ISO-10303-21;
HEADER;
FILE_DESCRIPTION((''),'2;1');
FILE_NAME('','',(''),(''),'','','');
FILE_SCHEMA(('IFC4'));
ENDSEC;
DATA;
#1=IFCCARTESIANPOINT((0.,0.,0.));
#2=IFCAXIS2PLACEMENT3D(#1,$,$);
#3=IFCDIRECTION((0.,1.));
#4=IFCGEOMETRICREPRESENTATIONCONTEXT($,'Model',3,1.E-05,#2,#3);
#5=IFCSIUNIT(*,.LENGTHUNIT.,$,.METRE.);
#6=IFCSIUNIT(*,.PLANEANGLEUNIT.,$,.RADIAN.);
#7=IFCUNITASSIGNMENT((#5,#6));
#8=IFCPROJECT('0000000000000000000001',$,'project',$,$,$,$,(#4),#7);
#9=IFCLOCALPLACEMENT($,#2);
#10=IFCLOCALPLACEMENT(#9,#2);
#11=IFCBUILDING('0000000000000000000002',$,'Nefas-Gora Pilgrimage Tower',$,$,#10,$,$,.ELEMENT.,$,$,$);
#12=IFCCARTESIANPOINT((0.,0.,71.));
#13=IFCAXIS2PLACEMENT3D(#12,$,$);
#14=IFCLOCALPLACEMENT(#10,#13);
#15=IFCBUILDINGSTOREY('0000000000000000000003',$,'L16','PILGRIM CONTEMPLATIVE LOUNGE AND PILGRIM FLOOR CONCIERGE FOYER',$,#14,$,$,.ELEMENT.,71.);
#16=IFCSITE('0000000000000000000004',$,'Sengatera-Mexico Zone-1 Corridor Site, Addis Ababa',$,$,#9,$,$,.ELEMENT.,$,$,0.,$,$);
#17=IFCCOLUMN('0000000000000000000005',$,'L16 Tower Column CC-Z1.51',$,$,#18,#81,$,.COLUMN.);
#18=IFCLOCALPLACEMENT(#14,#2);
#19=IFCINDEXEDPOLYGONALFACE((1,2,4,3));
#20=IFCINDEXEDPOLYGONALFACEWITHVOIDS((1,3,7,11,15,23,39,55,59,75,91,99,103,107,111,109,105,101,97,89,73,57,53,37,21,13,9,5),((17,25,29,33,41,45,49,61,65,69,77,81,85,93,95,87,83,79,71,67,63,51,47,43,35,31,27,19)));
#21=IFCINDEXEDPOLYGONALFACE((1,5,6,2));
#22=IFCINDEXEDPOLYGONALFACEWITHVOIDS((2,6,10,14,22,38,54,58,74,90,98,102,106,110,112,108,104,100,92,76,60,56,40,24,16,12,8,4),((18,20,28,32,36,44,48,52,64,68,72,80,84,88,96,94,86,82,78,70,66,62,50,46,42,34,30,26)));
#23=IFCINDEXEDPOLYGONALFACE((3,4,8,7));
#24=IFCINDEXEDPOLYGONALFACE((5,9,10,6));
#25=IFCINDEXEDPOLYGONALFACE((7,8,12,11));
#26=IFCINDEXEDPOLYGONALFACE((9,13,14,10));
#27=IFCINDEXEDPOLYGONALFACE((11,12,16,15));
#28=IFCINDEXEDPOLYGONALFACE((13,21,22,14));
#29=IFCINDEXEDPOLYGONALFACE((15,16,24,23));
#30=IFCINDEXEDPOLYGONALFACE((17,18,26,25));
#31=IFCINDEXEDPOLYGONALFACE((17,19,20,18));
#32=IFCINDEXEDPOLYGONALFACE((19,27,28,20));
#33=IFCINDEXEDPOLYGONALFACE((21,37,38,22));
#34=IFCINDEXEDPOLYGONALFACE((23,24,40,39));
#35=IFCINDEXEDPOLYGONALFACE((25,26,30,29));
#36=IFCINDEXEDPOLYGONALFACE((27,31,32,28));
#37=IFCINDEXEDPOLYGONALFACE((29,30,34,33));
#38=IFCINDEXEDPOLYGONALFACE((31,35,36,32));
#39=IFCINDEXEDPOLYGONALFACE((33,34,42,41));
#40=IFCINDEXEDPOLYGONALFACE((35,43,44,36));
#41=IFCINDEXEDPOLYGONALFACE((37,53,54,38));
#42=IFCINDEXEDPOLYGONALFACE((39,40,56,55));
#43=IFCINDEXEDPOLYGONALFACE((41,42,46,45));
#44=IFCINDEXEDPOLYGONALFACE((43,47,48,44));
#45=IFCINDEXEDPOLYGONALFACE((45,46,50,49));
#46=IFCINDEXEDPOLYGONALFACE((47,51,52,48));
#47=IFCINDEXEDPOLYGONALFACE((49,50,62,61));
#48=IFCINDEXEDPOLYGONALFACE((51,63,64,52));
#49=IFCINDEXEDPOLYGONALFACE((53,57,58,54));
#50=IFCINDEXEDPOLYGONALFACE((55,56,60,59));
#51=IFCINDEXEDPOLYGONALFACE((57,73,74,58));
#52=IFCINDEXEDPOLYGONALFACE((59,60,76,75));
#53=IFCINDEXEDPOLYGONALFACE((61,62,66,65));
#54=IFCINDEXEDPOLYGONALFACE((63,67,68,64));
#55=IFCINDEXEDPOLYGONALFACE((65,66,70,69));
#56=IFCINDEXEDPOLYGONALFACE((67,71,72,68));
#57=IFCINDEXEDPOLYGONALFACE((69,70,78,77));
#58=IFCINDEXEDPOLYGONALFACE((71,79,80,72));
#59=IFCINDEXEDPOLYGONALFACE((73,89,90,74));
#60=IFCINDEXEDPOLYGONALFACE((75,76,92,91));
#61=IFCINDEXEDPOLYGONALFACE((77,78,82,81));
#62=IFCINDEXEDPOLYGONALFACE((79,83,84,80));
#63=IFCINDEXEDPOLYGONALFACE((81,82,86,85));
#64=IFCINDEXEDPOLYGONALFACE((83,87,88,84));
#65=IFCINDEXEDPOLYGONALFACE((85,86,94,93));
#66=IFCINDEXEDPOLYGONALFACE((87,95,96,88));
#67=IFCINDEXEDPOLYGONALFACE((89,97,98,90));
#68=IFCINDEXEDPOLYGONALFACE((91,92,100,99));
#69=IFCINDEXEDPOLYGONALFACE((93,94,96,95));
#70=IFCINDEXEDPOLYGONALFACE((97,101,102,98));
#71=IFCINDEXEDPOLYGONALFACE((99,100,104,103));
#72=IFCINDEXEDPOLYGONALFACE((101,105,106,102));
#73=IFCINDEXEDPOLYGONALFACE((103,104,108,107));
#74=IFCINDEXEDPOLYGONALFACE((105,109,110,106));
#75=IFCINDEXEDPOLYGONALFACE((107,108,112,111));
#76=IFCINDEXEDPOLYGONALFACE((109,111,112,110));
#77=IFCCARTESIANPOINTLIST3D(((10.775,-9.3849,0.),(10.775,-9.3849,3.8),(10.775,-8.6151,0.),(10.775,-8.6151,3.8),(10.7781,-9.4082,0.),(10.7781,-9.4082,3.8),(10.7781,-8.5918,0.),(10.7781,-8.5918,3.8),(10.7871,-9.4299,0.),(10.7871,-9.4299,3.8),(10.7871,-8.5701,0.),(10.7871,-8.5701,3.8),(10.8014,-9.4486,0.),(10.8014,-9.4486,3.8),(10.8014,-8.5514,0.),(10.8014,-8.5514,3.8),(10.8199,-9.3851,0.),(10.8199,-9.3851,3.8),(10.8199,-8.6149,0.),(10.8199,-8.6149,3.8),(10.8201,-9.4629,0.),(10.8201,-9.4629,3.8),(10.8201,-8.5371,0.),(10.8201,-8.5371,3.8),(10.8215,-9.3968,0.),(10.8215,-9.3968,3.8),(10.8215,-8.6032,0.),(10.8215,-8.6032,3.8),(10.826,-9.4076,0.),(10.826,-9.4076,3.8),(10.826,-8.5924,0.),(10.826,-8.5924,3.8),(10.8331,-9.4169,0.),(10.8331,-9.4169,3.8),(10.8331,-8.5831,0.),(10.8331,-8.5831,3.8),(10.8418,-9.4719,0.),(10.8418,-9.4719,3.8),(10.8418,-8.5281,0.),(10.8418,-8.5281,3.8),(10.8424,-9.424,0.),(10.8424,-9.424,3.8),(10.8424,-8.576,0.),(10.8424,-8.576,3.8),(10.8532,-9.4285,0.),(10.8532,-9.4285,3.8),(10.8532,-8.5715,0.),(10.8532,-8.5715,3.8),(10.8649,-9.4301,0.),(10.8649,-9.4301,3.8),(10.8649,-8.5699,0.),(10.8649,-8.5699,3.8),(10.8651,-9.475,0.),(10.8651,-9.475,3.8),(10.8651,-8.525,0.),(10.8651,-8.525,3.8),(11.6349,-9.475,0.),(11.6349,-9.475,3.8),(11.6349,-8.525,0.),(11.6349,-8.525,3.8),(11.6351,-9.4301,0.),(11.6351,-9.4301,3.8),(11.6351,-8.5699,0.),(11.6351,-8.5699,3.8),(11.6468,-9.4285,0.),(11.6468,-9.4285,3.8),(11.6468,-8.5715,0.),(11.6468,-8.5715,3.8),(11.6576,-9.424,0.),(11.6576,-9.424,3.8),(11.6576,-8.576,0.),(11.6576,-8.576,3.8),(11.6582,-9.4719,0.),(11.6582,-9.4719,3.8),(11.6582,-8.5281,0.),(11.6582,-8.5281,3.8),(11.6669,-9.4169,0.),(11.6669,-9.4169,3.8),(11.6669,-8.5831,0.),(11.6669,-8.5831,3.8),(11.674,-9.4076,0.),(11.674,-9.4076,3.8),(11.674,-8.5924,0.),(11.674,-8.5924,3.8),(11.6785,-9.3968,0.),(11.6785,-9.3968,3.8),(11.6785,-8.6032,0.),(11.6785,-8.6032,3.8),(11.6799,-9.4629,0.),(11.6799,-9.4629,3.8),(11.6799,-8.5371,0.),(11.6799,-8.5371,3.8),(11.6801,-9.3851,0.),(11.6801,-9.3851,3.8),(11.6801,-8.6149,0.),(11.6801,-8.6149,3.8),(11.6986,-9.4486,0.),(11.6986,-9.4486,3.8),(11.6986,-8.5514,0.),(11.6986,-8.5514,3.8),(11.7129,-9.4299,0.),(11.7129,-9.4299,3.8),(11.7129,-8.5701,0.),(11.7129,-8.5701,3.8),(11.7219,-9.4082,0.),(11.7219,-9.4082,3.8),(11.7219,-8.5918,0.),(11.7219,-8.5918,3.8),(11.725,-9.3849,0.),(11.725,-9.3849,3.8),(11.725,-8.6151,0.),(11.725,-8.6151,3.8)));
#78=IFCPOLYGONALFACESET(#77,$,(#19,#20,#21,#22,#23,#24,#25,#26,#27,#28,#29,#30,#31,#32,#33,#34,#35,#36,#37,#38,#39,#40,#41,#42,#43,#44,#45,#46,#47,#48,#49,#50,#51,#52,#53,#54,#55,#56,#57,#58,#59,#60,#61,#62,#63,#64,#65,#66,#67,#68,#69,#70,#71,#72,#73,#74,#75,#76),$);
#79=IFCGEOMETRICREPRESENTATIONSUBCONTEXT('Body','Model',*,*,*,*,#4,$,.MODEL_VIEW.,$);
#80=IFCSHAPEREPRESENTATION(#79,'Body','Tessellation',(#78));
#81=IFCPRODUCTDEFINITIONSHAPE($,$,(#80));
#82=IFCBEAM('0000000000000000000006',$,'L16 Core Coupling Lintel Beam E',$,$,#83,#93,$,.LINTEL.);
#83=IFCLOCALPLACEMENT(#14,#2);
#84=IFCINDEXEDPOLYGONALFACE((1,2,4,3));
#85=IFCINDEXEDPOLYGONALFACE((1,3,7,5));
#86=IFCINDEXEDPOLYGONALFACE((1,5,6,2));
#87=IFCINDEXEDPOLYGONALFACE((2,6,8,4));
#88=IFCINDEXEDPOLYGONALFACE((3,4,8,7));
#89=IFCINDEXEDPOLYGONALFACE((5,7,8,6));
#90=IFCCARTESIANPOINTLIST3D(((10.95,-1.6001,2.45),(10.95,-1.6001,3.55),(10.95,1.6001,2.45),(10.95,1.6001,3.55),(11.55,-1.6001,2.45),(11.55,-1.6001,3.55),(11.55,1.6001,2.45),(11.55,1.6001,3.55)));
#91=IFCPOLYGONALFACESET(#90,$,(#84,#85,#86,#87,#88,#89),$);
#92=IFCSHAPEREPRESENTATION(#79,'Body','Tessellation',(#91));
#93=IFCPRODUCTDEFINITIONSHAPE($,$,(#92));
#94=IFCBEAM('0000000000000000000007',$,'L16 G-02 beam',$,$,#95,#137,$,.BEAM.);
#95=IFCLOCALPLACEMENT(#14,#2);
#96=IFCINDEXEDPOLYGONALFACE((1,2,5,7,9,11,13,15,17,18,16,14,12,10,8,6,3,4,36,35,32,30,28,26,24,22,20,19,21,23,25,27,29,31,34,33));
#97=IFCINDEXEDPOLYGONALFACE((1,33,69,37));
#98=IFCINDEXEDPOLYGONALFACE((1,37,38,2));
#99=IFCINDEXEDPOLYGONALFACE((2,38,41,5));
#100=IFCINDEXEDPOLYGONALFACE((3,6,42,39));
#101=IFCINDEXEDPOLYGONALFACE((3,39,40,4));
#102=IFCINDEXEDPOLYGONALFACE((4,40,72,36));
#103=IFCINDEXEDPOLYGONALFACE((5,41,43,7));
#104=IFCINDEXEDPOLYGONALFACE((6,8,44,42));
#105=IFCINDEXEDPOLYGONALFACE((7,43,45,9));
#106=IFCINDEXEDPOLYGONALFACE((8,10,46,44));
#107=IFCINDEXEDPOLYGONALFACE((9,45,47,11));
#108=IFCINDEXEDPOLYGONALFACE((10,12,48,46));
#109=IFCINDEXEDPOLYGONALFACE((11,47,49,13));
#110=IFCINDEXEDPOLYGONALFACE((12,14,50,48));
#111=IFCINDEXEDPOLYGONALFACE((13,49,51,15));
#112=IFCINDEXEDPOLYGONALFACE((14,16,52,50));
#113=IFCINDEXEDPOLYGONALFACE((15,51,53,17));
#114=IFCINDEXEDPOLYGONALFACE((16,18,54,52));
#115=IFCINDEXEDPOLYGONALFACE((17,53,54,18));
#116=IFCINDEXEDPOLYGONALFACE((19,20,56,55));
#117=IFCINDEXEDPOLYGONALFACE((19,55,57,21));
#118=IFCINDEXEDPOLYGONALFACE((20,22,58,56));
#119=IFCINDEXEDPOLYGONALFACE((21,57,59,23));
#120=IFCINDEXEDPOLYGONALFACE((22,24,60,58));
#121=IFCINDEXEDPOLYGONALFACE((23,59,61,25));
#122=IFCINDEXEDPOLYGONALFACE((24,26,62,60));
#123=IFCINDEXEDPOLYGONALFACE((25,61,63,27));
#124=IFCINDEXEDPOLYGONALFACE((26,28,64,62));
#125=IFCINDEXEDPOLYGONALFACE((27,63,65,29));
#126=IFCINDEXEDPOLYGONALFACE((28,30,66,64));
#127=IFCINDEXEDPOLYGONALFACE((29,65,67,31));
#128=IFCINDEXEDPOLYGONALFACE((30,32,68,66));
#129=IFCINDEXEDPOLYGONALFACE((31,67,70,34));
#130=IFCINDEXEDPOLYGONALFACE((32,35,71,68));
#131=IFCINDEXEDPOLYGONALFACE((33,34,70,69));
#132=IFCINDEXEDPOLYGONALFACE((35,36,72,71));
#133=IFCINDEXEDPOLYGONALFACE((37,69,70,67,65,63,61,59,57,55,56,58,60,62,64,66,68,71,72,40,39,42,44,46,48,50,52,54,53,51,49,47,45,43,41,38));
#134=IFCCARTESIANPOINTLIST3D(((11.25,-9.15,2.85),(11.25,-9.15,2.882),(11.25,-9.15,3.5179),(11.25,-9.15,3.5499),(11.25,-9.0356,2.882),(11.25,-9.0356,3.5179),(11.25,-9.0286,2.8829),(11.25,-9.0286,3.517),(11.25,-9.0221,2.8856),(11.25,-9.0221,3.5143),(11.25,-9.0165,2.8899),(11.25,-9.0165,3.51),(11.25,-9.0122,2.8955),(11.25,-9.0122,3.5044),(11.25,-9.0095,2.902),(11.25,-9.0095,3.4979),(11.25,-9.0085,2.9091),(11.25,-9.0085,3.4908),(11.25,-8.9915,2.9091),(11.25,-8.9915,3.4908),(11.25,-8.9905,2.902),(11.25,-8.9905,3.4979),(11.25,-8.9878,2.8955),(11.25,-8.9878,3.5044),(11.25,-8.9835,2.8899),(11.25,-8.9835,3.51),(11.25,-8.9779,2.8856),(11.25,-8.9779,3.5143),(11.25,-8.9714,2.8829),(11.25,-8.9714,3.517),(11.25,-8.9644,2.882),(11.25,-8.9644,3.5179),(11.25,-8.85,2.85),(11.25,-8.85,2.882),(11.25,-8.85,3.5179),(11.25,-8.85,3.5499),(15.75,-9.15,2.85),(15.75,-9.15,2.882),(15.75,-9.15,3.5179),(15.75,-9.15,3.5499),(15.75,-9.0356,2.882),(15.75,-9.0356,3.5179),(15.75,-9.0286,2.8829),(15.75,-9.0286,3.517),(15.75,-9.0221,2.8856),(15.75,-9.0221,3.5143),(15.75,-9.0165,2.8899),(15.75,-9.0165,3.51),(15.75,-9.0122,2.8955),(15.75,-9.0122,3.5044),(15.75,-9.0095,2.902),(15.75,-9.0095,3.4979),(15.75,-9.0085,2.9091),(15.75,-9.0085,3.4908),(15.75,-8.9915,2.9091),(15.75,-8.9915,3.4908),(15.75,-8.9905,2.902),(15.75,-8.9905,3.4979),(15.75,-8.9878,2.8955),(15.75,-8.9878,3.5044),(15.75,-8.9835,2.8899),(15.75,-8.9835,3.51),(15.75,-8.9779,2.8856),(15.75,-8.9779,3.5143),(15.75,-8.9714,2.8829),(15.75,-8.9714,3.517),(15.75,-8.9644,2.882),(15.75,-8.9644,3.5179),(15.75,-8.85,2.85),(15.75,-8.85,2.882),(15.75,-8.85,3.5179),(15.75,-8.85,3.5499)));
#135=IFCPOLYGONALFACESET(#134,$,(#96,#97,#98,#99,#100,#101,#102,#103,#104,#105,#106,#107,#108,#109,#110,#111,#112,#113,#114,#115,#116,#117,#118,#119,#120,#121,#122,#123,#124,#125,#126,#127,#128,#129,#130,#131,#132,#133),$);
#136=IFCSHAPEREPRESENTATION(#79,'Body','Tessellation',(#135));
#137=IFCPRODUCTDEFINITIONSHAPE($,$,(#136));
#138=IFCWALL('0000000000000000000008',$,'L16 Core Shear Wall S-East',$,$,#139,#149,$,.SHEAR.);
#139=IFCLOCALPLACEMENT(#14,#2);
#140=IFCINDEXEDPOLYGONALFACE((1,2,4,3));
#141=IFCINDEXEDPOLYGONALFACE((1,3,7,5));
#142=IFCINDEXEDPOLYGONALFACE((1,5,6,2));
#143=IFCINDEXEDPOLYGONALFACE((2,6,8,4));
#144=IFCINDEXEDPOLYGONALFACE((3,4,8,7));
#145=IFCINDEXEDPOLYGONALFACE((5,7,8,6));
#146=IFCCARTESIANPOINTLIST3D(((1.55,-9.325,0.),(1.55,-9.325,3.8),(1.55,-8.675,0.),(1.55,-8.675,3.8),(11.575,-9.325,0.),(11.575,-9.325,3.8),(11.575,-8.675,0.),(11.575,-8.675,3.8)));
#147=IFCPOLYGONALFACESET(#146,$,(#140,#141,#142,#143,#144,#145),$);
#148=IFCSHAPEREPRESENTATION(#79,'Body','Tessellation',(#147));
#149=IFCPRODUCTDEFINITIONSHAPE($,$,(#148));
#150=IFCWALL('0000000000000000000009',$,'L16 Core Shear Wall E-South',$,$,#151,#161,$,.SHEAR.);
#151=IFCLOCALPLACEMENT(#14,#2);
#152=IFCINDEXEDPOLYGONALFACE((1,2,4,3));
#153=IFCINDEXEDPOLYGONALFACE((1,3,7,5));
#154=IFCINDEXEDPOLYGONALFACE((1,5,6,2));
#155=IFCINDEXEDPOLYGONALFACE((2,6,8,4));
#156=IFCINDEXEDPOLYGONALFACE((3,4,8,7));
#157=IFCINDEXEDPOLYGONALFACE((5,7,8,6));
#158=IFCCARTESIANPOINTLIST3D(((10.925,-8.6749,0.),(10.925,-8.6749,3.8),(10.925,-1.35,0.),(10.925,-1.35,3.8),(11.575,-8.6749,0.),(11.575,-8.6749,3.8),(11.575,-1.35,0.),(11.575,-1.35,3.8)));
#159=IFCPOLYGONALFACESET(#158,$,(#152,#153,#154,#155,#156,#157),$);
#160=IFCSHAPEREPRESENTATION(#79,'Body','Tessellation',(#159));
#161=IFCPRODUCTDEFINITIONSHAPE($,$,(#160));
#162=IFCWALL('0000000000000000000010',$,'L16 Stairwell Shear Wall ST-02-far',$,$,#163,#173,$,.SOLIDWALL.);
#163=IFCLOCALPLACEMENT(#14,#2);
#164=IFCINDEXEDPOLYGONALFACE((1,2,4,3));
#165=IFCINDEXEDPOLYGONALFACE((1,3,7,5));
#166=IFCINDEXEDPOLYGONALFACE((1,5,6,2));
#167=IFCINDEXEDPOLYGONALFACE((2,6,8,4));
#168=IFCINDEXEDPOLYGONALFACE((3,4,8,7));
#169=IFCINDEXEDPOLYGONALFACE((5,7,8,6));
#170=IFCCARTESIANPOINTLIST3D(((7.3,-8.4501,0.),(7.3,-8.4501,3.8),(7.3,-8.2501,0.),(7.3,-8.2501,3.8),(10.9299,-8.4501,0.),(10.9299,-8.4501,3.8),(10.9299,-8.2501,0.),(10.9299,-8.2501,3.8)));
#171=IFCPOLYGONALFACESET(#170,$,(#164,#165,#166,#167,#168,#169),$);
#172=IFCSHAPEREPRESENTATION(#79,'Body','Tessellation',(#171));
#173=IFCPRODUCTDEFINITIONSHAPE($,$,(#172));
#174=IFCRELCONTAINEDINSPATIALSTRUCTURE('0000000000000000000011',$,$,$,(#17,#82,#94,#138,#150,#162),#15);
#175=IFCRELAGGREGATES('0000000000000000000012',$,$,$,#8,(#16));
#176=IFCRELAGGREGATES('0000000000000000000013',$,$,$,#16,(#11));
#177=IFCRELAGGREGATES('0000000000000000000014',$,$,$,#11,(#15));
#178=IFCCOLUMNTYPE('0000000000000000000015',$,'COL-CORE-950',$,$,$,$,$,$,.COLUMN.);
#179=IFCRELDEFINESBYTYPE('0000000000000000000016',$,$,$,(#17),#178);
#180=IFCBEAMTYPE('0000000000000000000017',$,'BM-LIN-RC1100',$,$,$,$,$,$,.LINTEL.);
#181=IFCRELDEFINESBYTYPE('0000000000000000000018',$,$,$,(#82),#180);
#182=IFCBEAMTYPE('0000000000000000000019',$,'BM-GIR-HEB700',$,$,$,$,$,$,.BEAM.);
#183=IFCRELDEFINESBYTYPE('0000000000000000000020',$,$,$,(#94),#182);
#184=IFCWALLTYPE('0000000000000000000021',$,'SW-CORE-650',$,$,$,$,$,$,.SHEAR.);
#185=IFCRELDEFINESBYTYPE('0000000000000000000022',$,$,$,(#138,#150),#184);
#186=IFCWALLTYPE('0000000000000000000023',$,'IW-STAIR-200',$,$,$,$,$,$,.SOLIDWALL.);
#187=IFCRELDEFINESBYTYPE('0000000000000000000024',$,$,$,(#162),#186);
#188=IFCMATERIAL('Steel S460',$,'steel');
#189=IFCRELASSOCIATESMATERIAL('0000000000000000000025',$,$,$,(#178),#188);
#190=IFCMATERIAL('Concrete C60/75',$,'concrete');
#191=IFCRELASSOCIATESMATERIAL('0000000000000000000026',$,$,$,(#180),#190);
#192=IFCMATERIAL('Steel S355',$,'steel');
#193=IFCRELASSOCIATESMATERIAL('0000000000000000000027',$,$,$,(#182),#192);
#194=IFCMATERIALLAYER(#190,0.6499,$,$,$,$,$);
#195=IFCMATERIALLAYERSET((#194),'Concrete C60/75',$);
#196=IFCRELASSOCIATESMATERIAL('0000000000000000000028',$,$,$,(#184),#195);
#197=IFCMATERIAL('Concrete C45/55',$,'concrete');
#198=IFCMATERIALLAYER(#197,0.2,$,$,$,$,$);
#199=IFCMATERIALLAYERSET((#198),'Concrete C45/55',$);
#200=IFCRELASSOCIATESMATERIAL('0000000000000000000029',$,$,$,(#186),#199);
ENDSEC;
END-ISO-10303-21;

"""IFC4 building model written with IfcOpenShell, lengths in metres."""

from ifc_helpers import new_model, si_unit, direction, frame, frame_2d, origin, origin_2d, place, context, subcontext, project, spatial, rectangle, hollow_rectangle, i_section, extrude, source, transform, mapped, material, layer, layer_set, material_profile, profile_set, type_object, element, save


model = new_model("IFC4")

# Units and contexts
model_context = context("Model", 3, precision=1e-05, world=origin(), true_north=direction((0.0, 1.0)))
body_context = subcontext(model_context, "Body", "Model", "MODEL_VIEW")
ifc_project = project(units=[si_unit("LENGTHUNIT", "METRE"), si_unit("PLANEANGLEUNIT", "RADIAN")], contexts=[model_context])

# Site, building, storey
site_placement = place(None, origin())
site = spatial("IfcSite", under=ifc_project, at=site_placement, Name="Sengatera-Mexico Zone-1 Corridor Site, Addis Ababa", CompositionType="ELEMENT", RefElevation=0.0)
building_placement = place(site_placement, origin())
building = spatial("IfcBuilding", under=site, at=building_placement, Name="Nefas-Gora Pilgrimage Tower", CompositionType="ELEMENT")
storey_placement = place(building_placement, frame((0.0, 0.0, 71.0)))
storey = spatial("IfcBuildingStorey", under=building, at=storey_placement, Name="L16", Description="PILGRIM CONTEMPLATIVE LOUNGE AND PILGRIM FLOOR CONCIERGE FOYER", CompositionType="ELEMENT", Elevation=71.0)

# Column
ifc_material_1 = material(Name="Steel S460", Category="steel")
ifc_material_profile_1 = material_profile(ifc_material_1, hollow_rectangle(XDim=0.95, YDim=0.95, WallThickness=0.0449, InnerFilletRadius=0.0449, OuterFilletRadius=0.0901, at=origin_2d()), Name="BOX 950x950x45")
ifc_profile_set_1 = profile_set([ifc_material_profile_1], Name="Steel S460")
column_type = type_object("IfcColumnType", Name="COL-CORE-950", PredefinedType="COLUMN", material=ifc_profile_set_1)
shared_shape_1 = source(origin(), body_context, "Body", "SweptSolid", [
    extrude(hollow_rectangle(XDim=0.95, YDim=0.95, WallThickness=0.0449, InnerFilletRadius=0.0449, OuterFilletRadius=0.0901, at=origin_2d()), origin(), (0.0, 0.0, 1.0), 3.8),
])
column_placement = place(storey_placement, frame((11.25, -9.0, 0.0), z_axis=(0.0, 0.0, 1.0), x_axis=(1.0, 0.0, 0.0)))
element("IfcColumn", 1, at=column_placement, inside=storey, type_object=column_type, Name="L16 Tower Column CC-Z1.51", PredefinedType="COLUMN", context=body_context, shape_type="MappedRepresentation", body=[
    mapped(shared_shape_1, transform((0.0, 0.0, 0.0), x_axis=(1.0, 0.0, 0.0), y_axis=(0.0, 1.0, 0.0), z_axis=(0.0, 0.0, 1.0), scale=1.0)),
])

# Beams
ifc_material_2 = material(Name="Concrete C60/75", Category="concrete")
ifc_material_profile_2 = material_profile(ifc_material_2, rectangle(XDim=0.6001, YDim=1.1001, at=origin_2d()), Name="RC 600x1100")
ifc_profile_set_2 = profile_set([ifc_material_profile_2], Name="Concrete C60/75")
beam_type_1 = type_object("IfcBeamType", Name="BM-LIN-RC1100", PredefinedType="LINTEL", material=ifc_profile_set_2)
shared_shape_2 = source(origin(), body_context, "Body", "SweptSolid", [
    extrude(rectangle(XDim=0.6001, YDim=1.1001, at=origin_2d()), origin(), (0.0, 0.0, 1.0), 3.2002),
])
beam_1_placement = place(storey_placement, frame((11.25, -1.6001, 3.0), z_axis=(0.0, 1.0, 0.0), x_axis=(-1.0, 0.0, 0.0)))
element("IfcBeam", 2, at=beam_1_placement, inside=storey, type_object=beam_type_1, Name="L16 Core Coupling Lintel Beam E", PredefinedType="LINTEL", context=body_context, shape_type="MappedRepresentation", body=[
    mapped(shared_shape_2, transform((0.0, 0.0, 0.0), x_axis=(1.0, 0.0, 0.0), y_axis=(0.0, 1.0, 0.0), z_axis=(0.0, 0.0, 1.0), scale=1.0)),
])
ifc_material_3 = material(Name="Steel S355", Category="steel")
ifc_material_profile_3 = material_profile(ifc_material_3, i_section(OverallWidth=0.3, OverallDepth=0.7, WebThickness=0.0171, FlangeThickness=0.032, FilletRadius=0.0271, at=origin_2d()), Name="HEB 700")
ifc_profile_set_3 = profile_set([ifc_material_profile_3], Name="Steel S355")
beam_type_2 = type_object("IfcBeamType", Name="BM-GIR-HEB700", PredefinedType="BEAM", material=ifc_profile_set_3)
shared_shape_3 = source(origin(), body_context, "Body", "SweptSolid", [
    extrude(i_section(OverallWidth=0.3, OverallDepth=0.7, WebThickness=0.0171, FlangeThickness=0.032, FilletRadius=0.0271, at=origin_2d()), origin(), (0.0, 0.0, 1.0), 4.5),
])
beam_2_placement = place(storey_placement, frame((11.25, -9.0, 3.2), z_axis=(1.0, 0.0, 0.0), x_axis=(0.0, 1.0, 0.0)))
element("IfcBeam", 3, at=beam_2_placement, inside=storey, type_object=beam_type_2, Name="L16 G-02 beam", PredefinedType="BEAM", context=body_context, shape_type="MappedRepresentation", body=[
    mapped(shared_shape_3, transform((0.0, 0.0, 0.0), x_axis=(1.0, 0.0, 0.0), y_axis=(0.0, 1.0, 0.0), z_axis=(0.0, 0.0, 1.0), scale=1.0)),
])

# Walls
ifc_layer_1 = layer(ifc_material_2, 0.6499)
ifc_layer_set_1 = layer_set([ifc_layer_1], Name="Concrete C60/75")
wall_type_1 = type_object("IfcWallType", Name="SW-CORE-650", PredefinedType="SHEAR", material=ifc_layer_set_1)
shared_shape_4 = source(origin(), body_context, "Body", "SweptSolid", [
    extrude(rectangle(XDim=10.0249, YDim=0.6499, at=frame_2d((5.0125, 0.0))), origin(), (0.0, 0.0, 1.0), 3.8),
])
wall_1_placement = place(storey_placement, frame((1.55, -9.0, 0.0), z_axis=(0.0, 0.0, 1.0), x_axis=(1.0, 0.0, 0.0)))
element("IfcWall", 4, at=wall_1_placement, inside=storey, type_object=wall_type_1, Name="L16 Core Shear Wall S-East", PredefinedType="SHEAR", context=body_context, shape_type="MappedRepresentation", body=[
    mapped(shared_shape_4, transform((0.0, 0.0, 0.0), x_axis=(1.0, 0.0, 0.0), y_axis=(0.0, 1.0, 0.0), z_axis=(0.0, 0.0, 1.0), scale=1.0)),
])
shared_shape_5 = source(origin(), body_context, "Body", "SweptSolid", [
    extrude(rectangle(XDim=7.325, YDim=0.6499, at=frame_2d((3.6626, 0.0))), origin(), (0.0, 0.0, 1.0), 3.8),
])
wall_2_placement = place(storey_placement, frame((11.25, -8.675, 0.0), z_axis=(0.0, 0.0, 1.0), x_axis=(0.0, 1.0, 0.0)))
element("IfcWall", 5, at=wall_2_placement, inside=storey, type_object=wall_type_1, Name="L16 Core Shear Wall E-South", PredefinedType="SHEAR", context=body_context, shape_type="MappedRepresentation", body=[
    mapped(shared_shape_5, transform((0.0, 0.0, 0.0), x_axis=(1.0, 0.0, 0.0), y_axis=(0.0, 1.0, 0.0), z_axis=(0.0, 0.0, 1.0), scale=1.0)),
])
ifc_material_4 = material(Name="Concrete C45/55", Category="concrete")
ifc_layer_2 = layer(ifc_material_4, 0.2)
ifc_layer_set_2 = layer_set([ifc_layer_2], Name="Concrete C45/55")
wall_type_2 = type_object("IfcWallType", Name="IW-STAIR-200", PredefinedType="SOLIDWALL", material=ifc_layer_set_2)
shared_shape_6 = source(origin(), body_context, "Body", "SweptSolid", [
    extrude(rectangle(XDim=3.6299, YDim=0.2, at=frame_2d((1.8149, 0.0))), origin(), (0.0, 0.0, 1.0), 3.8),
])
wall_3_placement = place(storey_placement, frame((7.3, -8.3501, 0.0), z_axis=(0.0, 0.0, 1.0), x_axis=(1.0, 0.0, 0.0)))
element("IfcWall", 6, at=wall_3_placement, inside=storey, type_object=wall_type_2, Name="L16 Stairwell Shear Wall ST-02-far", PredefinedType="SOLIDWALL", context=body_context, shape_type="MappedRepresentation", body=[
    mapped(shared_shape_6, transform((0.0, 0.0, 0.0), x_axis=(1.0, 0.0, 0.0), y_axis=(0.0, 1.0, 0.0), z_axis=(0.0, 0.0, 1.0), scale=1.0)),
])

save(model, "model.ifc")
